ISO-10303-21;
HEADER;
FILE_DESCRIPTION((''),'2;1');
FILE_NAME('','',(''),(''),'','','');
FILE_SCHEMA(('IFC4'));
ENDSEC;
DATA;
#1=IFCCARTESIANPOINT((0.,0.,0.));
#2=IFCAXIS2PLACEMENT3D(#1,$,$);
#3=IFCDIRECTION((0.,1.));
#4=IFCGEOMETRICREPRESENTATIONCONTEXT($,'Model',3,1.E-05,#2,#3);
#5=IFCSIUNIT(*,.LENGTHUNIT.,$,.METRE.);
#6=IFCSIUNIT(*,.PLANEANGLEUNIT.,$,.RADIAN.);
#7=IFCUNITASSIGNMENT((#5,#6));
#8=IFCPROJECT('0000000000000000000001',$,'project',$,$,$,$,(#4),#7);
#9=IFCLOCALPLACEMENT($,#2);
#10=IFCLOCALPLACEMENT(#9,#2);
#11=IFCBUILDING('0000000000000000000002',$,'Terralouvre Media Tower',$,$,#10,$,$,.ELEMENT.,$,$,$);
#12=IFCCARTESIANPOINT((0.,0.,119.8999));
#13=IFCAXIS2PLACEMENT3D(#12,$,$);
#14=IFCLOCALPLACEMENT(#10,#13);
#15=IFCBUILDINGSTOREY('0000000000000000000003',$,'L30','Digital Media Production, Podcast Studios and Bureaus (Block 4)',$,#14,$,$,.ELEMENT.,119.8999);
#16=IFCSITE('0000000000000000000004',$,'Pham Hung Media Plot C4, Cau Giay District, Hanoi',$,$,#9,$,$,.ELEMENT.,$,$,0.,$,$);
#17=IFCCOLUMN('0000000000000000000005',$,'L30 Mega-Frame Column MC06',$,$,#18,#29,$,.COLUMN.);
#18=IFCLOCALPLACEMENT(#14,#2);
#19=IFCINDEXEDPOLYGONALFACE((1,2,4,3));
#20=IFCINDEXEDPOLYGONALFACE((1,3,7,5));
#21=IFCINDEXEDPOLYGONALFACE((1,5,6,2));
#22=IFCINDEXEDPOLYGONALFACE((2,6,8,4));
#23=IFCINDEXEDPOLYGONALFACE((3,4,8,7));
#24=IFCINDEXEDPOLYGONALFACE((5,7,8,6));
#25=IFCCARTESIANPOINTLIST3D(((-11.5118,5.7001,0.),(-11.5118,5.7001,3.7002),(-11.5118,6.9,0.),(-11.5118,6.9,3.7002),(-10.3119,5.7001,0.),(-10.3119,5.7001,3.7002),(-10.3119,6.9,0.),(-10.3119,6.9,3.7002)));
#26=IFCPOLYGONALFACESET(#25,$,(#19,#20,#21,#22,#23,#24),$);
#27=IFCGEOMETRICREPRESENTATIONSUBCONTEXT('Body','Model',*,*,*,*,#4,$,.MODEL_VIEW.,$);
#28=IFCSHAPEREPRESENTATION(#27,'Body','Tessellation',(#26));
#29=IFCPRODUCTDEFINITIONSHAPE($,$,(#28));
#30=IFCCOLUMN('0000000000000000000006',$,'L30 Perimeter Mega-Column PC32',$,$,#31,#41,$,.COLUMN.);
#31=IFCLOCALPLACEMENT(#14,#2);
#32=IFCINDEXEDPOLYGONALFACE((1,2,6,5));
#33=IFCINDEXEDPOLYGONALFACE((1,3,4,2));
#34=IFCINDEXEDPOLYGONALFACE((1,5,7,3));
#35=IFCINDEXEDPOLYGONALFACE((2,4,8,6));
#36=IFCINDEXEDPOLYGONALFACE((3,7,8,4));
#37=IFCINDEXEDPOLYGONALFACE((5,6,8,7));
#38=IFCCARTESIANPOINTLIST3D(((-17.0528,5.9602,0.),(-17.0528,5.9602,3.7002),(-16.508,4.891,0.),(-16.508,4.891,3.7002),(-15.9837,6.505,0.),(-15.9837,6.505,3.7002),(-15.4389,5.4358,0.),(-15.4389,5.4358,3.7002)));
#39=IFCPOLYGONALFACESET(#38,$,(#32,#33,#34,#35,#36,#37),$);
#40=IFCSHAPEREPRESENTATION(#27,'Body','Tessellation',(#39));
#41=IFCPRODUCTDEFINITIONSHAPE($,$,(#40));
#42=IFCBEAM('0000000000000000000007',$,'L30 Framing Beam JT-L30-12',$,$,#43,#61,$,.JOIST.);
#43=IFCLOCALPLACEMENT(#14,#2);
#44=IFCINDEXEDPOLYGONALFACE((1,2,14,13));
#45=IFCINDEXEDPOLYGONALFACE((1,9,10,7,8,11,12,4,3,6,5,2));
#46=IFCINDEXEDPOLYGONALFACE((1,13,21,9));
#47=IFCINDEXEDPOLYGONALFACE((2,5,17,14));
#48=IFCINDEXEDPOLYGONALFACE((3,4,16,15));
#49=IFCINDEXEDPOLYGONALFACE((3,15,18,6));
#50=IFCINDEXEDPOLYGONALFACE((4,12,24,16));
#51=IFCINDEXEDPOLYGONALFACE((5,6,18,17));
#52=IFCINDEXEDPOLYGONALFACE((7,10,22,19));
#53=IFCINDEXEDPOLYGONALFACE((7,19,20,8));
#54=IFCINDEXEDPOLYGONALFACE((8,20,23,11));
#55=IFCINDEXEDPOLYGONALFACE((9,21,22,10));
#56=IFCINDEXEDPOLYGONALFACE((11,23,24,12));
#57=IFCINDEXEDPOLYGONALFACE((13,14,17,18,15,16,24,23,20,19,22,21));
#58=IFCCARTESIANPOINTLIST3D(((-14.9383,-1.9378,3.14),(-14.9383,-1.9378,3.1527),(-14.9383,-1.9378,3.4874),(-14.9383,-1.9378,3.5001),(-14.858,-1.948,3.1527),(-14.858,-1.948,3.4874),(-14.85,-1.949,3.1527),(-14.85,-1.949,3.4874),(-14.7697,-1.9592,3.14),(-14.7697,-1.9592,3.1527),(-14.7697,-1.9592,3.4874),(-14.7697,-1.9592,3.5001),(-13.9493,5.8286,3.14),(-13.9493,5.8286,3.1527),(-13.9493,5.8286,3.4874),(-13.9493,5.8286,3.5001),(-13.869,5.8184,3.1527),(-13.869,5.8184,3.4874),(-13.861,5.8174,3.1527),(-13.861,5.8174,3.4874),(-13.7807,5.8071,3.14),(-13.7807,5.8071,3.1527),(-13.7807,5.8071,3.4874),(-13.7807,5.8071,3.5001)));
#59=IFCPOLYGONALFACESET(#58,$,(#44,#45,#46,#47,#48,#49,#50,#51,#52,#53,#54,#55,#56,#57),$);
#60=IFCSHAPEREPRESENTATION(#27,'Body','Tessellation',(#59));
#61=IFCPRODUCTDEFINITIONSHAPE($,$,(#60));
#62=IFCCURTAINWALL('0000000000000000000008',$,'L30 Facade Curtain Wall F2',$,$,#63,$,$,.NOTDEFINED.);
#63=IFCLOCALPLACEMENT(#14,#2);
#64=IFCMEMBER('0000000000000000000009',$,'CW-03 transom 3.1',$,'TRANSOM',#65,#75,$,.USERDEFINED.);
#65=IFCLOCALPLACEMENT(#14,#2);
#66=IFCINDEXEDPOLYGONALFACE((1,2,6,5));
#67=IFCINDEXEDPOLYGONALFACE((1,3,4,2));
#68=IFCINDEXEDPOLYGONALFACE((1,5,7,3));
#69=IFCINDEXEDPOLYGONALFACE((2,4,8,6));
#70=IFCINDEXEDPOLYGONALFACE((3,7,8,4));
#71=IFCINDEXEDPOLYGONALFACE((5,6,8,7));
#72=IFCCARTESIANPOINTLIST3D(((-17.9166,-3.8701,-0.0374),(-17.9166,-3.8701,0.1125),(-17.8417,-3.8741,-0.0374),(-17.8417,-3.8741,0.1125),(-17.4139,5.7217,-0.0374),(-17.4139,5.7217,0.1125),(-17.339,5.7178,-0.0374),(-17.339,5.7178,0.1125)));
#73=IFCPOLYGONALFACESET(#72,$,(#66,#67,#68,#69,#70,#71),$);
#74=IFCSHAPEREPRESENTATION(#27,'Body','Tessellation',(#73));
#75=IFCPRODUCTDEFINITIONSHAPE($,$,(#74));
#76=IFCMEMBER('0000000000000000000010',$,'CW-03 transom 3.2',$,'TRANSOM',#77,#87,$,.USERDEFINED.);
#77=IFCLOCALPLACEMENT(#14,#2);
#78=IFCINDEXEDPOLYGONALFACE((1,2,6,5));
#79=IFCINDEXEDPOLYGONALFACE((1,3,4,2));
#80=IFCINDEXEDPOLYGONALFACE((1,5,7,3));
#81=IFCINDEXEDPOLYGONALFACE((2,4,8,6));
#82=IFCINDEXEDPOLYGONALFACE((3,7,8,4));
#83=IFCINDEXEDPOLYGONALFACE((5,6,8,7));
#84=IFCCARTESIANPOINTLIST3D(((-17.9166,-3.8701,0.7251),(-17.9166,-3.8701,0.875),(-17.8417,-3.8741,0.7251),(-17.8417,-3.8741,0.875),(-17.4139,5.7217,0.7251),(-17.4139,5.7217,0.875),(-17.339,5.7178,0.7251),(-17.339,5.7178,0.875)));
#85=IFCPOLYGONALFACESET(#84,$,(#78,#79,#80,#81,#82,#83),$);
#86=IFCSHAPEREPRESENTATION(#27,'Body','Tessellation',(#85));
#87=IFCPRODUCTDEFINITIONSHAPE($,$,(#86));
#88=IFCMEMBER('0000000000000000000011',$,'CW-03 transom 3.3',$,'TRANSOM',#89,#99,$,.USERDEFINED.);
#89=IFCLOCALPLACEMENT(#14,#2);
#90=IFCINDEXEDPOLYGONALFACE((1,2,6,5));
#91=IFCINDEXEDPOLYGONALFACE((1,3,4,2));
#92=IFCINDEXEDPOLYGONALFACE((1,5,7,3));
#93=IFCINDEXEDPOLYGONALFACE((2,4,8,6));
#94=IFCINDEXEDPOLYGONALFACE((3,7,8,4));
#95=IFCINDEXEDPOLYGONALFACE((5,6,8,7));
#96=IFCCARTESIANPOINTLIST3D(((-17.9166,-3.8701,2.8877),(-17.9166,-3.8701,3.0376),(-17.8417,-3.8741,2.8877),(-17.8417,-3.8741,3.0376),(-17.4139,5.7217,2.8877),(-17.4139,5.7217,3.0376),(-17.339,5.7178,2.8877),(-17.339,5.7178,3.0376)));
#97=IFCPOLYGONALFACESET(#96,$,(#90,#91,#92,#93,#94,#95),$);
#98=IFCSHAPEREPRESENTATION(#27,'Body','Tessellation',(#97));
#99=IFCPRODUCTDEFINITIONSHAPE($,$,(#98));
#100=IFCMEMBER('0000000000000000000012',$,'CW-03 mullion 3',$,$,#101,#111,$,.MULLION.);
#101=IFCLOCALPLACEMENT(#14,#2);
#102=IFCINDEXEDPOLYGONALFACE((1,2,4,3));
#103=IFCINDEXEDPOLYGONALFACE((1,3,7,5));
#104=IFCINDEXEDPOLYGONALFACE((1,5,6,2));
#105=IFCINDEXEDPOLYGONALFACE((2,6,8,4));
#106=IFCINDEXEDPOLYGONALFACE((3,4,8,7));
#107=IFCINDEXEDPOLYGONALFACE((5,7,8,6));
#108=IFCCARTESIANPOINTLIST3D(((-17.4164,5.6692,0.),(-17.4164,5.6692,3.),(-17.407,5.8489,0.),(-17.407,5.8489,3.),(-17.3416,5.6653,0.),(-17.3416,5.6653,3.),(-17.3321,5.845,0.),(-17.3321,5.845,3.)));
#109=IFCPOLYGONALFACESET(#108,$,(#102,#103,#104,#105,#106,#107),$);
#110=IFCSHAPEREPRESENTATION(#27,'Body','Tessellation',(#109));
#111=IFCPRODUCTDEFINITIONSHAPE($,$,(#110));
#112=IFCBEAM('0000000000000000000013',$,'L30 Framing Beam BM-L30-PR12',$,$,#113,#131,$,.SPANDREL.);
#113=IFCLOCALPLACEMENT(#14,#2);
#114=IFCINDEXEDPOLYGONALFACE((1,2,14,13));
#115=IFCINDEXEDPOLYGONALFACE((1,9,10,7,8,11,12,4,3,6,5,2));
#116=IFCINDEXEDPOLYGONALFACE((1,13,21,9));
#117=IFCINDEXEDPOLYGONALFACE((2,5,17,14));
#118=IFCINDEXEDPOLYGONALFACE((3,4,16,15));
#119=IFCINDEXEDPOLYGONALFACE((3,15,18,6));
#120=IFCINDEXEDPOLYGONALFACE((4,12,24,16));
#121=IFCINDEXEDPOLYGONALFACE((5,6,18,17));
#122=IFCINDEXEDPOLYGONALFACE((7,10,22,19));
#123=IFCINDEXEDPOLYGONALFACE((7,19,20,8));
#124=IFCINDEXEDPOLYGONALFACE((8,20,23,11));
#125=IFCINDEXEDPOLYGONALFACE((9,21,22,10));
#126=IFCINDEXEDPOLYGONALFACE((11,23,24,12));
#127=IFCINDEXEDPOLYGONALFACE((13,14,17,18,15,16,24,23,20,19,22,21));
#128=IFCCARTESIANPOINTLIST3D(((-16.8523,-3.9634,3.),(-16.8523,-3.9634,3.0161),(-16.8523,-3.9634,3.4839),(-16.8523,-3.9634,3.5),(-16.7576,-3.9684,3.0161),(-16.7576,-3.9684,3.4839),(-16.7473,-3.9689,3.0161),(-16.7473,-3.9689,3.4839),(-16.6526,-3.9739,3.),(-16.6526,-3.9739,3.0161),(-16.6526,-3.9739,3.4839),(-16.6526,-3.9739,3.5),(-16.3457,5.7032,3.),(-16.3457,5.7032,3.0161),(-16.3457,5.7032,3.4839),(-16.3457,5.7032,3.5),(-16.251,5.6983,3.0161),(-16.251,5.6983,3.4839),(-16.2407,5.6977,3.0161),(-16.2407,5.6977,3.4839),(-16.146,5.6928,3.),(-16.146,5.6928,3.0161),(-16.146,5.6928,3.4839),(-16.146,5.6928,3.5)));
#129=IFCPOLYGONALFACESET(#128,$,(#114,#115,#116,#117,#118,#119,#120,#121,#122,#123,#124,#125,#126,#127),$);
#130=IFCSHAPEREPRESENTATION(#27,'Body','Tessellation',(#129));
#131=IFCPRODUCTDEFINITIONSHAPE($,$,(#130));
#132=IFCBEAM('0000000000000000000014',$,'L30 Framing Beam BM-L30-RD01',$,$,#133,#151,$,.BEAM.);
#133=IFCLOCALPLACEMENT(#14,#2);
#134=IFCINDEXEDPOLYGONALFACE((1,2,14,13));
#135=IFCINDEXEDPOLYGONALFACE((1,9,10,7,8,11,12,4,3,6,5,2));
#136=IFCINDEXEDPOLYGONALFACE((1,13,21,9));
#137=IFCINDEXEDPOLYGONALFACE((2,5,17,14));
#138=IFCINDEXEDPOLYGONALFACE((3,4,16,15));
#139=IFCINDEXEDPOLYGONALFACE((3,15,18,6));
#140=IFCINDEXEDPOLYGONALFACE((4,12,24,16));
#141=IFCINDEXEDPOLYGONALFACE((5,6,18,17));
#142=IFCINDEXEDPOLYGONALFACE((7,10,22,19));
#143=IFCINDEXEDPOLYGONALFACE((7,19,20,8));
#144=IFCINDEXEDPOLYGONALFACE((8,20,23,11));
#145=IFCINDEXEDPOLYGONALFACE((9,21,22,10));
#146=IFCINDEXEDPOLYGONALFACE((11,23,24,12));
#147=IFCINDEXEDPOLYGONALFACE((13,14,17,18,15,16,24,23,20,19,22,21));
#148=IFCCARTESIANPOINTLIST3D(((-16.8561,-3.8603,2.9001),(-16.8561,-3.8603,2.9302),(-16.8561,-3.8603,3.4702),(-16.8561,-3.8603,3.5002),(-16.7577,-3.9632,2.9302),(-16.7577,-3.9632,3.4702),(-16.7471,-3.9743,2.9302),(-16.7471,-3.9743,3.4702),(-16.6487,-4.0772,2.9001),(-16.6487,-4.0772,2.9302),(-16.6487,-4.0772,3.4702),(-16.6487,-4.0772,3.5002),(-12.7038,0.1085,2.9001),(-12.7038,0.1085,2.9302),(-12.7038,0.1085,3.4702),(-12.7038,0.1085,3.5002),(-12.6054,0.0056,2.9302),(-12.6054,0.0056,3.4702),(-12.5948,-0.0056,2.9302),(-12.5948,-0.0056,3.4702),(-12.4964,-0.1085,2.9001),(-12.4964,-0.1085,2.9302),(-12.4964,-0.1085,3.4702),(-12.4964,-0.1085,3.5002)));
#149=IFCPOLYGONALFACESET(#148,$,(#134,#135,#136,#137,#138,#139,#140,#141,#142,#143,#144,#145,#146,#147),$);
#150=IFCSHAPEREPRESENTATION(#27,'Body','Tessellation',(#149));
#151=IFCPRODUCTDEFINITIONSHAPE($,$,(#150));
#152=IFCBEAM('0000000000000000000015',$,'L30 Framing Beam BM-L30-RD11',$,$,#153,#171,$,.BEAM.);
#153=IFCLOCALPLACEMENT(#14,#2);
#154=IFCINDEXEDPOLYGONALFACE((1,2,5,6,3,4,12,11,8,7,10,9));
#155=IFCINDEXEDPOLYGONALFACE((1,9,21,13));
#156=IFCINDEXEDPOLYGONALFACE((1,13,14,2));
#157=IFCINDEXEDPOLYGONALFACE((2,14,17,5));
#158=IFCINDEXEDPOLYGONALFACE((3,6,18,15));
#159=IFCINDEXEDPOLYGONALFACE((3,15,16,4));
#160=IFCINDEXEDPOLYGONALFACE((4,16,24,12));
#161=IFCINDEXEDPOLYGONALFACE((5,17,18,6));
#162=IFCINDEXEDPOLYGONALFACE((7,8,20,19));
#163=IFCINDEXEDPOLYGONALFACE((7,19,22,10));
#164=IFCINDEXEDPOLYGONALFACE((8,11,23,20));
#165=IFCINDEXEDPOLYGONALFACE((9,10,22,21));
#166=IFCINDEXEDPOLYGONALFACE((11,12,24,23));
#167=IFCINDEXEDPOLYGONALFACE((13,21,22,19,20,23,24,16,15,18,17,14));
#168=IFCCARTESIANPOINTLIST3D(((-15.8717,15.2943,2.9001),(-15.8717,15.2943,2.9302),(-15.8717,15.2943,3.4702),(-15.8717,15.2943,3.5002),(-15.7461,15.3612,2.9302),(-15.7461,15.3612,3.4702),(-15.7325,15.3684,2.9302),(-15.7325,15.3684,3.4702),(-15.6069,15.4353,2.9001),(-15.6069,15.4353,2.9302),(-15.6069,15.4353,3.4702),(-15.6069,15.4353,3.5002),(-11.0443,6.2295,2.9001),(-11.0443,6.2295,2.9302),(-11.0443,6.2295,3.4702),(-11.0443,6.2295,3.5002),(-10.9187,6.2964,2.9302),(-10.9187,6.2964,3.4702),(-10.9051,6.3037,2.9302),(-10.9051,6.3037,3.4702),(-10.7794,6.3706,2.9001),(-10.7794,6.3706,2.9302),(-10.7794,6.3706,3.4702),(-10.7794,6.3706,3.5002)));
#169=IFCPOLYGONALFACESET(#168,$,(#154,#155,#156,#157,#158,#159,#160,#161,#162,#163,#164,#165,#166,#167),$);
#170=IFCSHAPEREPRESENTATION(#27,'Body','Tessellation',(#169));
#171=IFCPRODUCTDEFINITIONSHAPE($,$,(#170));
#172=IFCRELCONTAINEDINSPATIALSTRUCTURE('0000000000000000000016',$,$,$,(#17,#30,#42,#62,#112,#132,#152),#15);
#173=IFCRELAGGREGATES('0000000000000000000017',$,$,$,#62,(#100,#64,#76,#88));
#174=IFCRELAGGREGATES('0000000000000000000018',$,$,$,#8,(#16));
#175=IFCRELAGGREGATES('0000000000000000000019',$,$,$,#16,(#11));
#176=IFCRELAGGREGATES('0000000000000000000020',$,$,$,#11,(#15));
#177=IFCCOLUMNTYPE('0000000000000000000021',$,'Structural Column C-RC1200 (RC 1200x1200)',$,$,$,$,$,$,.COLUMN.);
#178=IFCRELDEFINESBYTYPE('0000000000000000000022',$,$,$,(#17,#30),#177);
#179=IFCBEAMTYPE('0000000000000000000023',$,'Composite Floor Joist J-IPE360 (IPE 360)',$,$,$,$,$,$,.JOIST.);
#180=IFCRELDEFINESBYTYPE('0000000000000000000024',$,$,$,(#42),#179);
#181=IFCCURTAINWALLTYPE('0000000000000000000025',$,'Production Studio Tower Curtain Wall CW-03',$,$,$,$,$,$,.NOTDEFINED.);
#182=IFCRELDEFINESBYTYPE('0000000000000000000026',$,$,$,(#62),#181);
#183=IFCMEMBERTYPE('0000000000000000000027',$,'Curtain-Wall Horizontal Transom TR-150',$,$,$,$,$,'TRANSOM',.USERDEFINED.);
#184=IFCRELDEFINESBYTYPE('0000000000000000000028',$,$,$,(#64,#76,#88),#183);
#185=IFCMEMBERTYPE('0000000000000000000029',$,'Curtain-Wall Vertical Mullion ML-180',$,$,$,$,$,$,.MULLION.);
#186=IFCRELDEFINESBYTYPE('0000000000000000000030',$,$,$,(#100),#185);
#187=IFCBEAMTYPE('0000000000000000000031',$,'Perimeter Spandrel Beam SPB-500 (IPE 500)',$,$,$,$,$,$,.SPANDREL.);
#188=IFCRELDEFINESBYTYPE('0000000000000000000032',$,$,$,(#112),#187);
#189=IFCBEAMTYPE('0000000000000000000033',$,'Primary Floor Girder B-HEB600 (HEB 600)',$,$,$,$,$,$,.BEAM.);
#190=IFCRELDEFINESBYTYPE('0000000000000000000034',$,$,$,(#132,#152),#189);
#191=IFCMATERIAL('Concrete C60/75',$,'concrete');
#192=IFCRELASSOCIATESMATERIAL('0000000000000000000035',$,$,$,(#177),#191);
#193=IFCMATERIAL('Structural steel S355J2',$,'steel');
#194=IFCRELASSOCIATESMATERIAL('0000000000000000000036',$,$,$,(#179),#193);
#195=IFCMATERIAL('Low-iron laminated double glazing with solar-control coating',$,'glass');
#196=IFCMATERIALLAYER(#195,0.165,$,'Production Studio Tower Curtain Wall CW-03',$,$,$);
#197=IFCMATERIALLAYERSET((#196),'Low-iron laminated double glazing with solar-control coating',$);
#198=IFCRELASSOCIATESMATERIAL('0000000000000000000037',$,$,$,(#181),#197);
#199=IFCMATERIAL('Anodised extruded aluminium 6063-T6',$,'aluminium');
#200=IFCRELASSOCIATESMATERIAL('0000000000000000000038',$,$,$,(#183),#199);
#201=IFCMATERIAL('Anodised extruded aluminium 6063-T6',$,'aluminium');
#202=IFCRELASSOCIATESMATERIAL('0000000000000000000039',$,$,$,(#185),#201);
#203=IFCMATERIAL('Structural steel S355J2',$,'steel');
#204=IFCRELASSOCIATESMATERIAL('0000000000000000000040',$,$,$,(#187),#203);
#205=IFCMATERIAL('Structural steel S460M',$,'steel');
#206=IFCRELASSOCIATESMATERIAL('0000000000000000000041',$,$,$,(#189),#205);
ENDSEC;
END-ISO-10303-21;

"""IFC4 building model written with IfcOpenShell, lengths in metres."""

from ifc_helpers import new_model, si_unit, direction, frame, origin, origin_2d, place, context, subcontext, project, spatial, rectangle, i_section, extrude, material, layer, layer_set, material_profile, profile_set, type_object, element, aggregate, save


model = new_model("IFC4")

# Units and contexts
model_context = context("Model", 3, precision=1e-05, world=origin(), true_north=direction((0.0, 1.0)))
body_context = subcontext(model_context, "Body", "Model", "MODEL_VIEW")
ifc_project = project(units=[si_unit("LENGTHUNIT", "METRE"), si_unit("PLANEANGLEUNIT", "RADIAN")], contexts=[model_context])

# Site, building, storey
site_placement = place(None, origin())
site = spatial("IfcSite", under=ifc_project, at=site_placement, Name="Pham Hung Media Plot C4, Cau Giay District, Hanoi", CompositionType="ELEMENT", RefElevation=0.0)
building_placement = place(site_placement, origin())
building = spatial("IfcBuilding", under=site, at=building_placement, Name="Terralouvre Media Tower", CompositionType="ELEMENT")
storey_placement = place(building_placement, frame((0.0, 0.0, 119.8999)))
storey = spatial("IfcBuildingStorey", under=building, at=storey_placement, Name="L30", Description="Digital Media Production, Podcast Studios and Bureaus (Block 4)", CompositionType="ELEMENT", Elevation=119.8999)

# Columns
ifc_material_1 = material(Name="Concrete C60/75", Category="concrete")
ifc_material_profile_1 = material_profile(ifc_material_1, rectangle(XDim=1.2, YDim=1.2, at=origin_2d()), Name="RC 1200x1200")
ifc_profile_set_1 = profile_set([ifc_material_profile_1], Name="Concrete C60/75")
column_type = type_object("IfcColumnType", Name="Structural Column C-RC1200 (RC 1200x1200)", PredefinedType="COLUMN", material=ifc_profile_set_1)
for number, where, z_axis, x_axis, name in (
    (1, (-10.9119, 6.3, 0.0), (0.0, 0.0, 1.0), (1.0, 0.0, 0.0), "L30 Mega-Frame Column MC06"),
    (2, (-16.2458, 5.698, 0.0), (0.0, 0.0, 1.0), (0.891007, 0.45399, 0.0), "L30 Perimeter Mega-Column PC32"),
):
    element("IfcColumn", number, at=place(storey_placement, frame(where, z_axis=z_axis, x_axis=x_axis)), inside=storey, type_object=column_type, Name=name, PredefinedType="COLUMN", context=body_context, shape_type="SweptSolid", body=[
        extrude(rectangle(XDim=1.2, YDim=1.2, at=origin_2d()), origin(), (0.0, 0.0, 1.0), 3.7002),
    ])

# Beam
ifc_material_2 = material(Name="Structural steel S355J2", Category="steel")
ifc_material_profile_2 = material_profile(ifc_material_2, i_section(OverallWidth=0.1699, OverallDepth=0.3601, WebThickness=0.0081, FlangeThickness=0.0127, at=origin_2d()), Name="IPE 360")
ifc_profile_set_2 = profile_set([ifc_material_profile_2], Name="Structural steel S355J2")
beam_type_1 = type_object("IfcBeamType", Name="Composite Floor Joist J-IPE360 (IPE 360)", PredefinedType="JOIST", material=ifc_profile_set_2)
beam_1_placement = place(storey_placement, frame((-13.865, 5.8179, 3.3201), z_axis=(-0.126326, -0.991989, 0.0), x_axis=(0.991989, -0.126326, 0.0)))
element("IfcBeam", 3, at=beam_1_placement, inside=storey, type_object=beam_type_1, Name="L30 Framing Beam JT-L30-12", PredefinedType="JOIST", context=body_context, shape_type="SweptSolid", body=[
    extrude(i_section(OverallWidth=0.1699, OverallDepth=0.3601, WebThickness=0.0081, FlangeThickness=0.0127, at=origin_2d()), origin(), (0.0, 0.0, 1.0), 7.8291),
])

# Curtain wall, members
ifc_material_3 = material(Name="Low-iron laminated double glazing with solar-control coating", Category="glass")
ifc_layer_1 = layer(ifc_material_3, 0.165, Name="Production Studio Tower Curtain Wall CW-03")
ifc_layer_set_1 = layer_set([ifc_layer_1], Name="Low-iron laminated double glazing with solar-control coating")
curtain_wall_type = type_object("IfcCurtainWallType", Name="Production Studio Tower Curtain Wall CW-03", PredefinedType="NOTDEFINED", material=ifc_layer_set_1)
curtain_wall_placement = place(storey_placement, origin())
curtain_wall = element("IfcCurtainWall", 4, at=curtain_wall_placement, inside=storey, type_object=curtain_wall_type, Name="L30 Facade Curtain Wall F2", PredefinedType="NOTDEFINED")
ifc_material_4 = material(Name="Anodised extruded aluminium 6063-T6", Category="aluminium")
ifc_material_profile_3 = material_profile(ifc_material_4, rectangle(XDim=0.075, YDim=0.1499, at=origin_2d()), Name="ALU 75x150")
ifc_profile_set_3 = profile_set([ifc_material_profile_3], Name="Anodised extruded aluminium 6063-T6")
member_type_1 = type_object("IfcMemberType", Name="Curtain-Wall Horizontal Transom TR-150", ElementType="TRANSOM", PredefinedType="USERDEFINED", material=ifc_profile_set_3)
member_1_placement = place(storey_placement, frame((-17.3765, 5.7197, 0.0376), z_axis=(-0.052336, -0.99863, 0.0), x_axis=(0.99863, -0.052336, 0.0)))
member_1 = element("IfcMember", 5, at=member_1_placement, type_object=member_type_1, Name="CW-03 transom 3.1", ObjectType="TRANSOM", PredefinedType="USERDEFINED", context=body_context, shape_type="SweptSolid", body=[
    extrude(rectangle(XDim=0.075, YDim=0.1499, at=origin_2d()), origin(), (0.0, 0.0, 1.0), 9.605),
])
member_2_placement = place(storey_placement, frame((-17.3765, 5.7197, 0.8), z_axis=(-0.052336, -0.99863, 0.0), x_axis=(0.99863, -0.052336, 0.0)))
member_2 = element("IfcMember", 6, at=member_2_placement, type_object=member_type_1, Name="CW-03 transom 3.2", ObjectType="TRANSOM", PredefinedType="USERDEFINED", context=body_context, shape_type="SweptSolid", body=[
    extrude(rectangle(XDim=0.075, YDim=0.1499, at=origin_2d()), origin(), (0.0, 0.0, 1.0), 9.605),
])
member_3_placement = place(storey_placement, frame((-17.3765, 5.7197, 2.9626), z_axis=(-0.052336, -0.99863, 0.0), x_axis=(0.99863, -0.052336, 0.0)))
member_3 = element("IfcMember", 7, at=member_3_placement, type_object=member_type_1, Name="CW-03 transom 3.3", ObjectType="TRANSOM", PredefinedType="USERDEFINED", context=body_context, shape_type="SweptSolid", body=[
    extrude(rectangle(XDim=0.075, YDim=0.1499, at=origin_2d()), origin(), (0.0, 0.0, 1.0), 9.605),
])
ifc_material_5 = material(Name="Anodised extruded aluminium 6063-T6", Category="aluminium")
ifc_material_profile_4 = material_profile(ifc_material_5, rectangle(XDim=0.075, YDim=0.1799, at=origin_2d()), Name="ALU 75x180")
ifc_profile_set_4 = profile_set([ifc_material_profile_4], Name="Anodised extruded aluminium 6063-T6")
member_type_2 = type_object("IfcMemberType", Name="Curtain-Wall Vertical Mullion ML-180", PredefinedType="MULLION", material=ifc_profile_set_4)
member_4_placement = place(storey_placement, frame((-17.3743, 5.7571, 0.0), z_axis=(0.0, 0.0, 1.0), x_axis=(0.99863, -0.052336, 0.0)))
member_4 = element("IfcMember", 8, at=member_4_placement, type_object=member_type_2, Name="CW-03 mullion 3", PredefinedType="MULLION", context=body_context, shape_type="SweptSolid", body=[
    extrude(rectangle(XDim=0.075, YDim=0.1799, at=origin_2d()), origin(), (0.0, 0.0, 1.0), 3.0),
])

# Beams
ifc_material_6 = material(Name="Structural steel S355J2", Category="steel")
ifc_material_profile_5 = material_profile(ifc_material_6, i_section(OverallWidth=0.2, OverallDepth=0.5, WebThickness=0.0103, FlangeThickness=0.0161, at=origin_2d()), Name="IPE 500")
ifc_profile_set_5 = profile_set([ifc_material_profile_5], Name="Structural steel S355J2")
beam_type_2 = type_object("IfcBeamType", Name="Perimeter Spandrel Beam SPB-500 (IPE 500)", PredefinedType="SPANDREL", material=ifc_profile_set_5)
beam_2_placement = place(storey_placement, frame((-16.2458, 5.698, 3.25), z_axis=(-0.052334, -0.99863, 0.0), x_axis=(0.99863, -0.052334, 0.0)))
element("IfcBeam", 9, at=beam_2_placement, inside=storey, type_object=beam_type_2, Name="L30 Framing Beam BM-L30-PR12", PredefinedType="SPANDREL", context=body_context, shape_type="SweptSolid", body=[
    extrude(i_section(OverallWidth=0.2, OverallDepth=0.5, WebThickness=0.0103, FlangeThickness=0.0161, at=origin_2d()), origin(), (0.0, 0.0, 1.0), 9.6799),
])
ifc_material_7 = material(Name="Structural steel S460M", Category="steel")
ifc_material_profile_6 = material_profile(ifc_material_7, i_section(OverallWidth=0.3, OverallDepth=0.6001, WebThickness=0.0154, FlangeThickness=0.03, at=origin_2d()), Name="HEB 600")
ifc_profile_set_6 = profile_set([ifc_material_profile_6], Name="Structural steel S460M")
beam_type_3 = type_object("IfcBeamType", Name="Primary Floor Girder B-HEB600 (HEB 600)", PredefinedType="BEAM", material=ifc_profile_set_6)
beam_3_placement = place(storey_placement, frame((-12.6001, 0.0, 3.2002), z_axis=(-0.722908, -0.690945, 0.0), x_axis=(0.690945, -0.722908, 0.0)))
element("IfcBeam", 10, at=beam_3_placement, inside=storey, type_object=beam_type_3, Name="L30 Framing Beam BM-L30-RD01", PredefinedType="BEAM", context=body_context, shape_type="SweptSolid", body=[
    extrude(i_section(OverallWidth=0.3, OverallDepth=0.6001, WebThickness=0.0154, FlangeThickness=0.03, at=origin_2d()), origin(), (0.0, 0.0, 1.0), 5.7439),
])
beam_4_placement = place(storey_placement, frame((-10.9119, 6.3, 3.2002), z_axis=(-0.470049, 0.88264, 0.0), x_axis=(-0.88264, -0.470049, 0.0)))
element("IfcBeam", 11, at=beam_4_placement, inside=storey, type_object=beam_type_3, Name="L30 Framing Beam BM-L30-RD11", PredefinedType="BEAM", context=body_context, shape_type="SweptSolid", body=[
    extrude(i_section(OverallWidth=0.3, OverallDepth=0.6001, WebThickness=0.0154, FlangeThickness=0.03, at=origin_2d()), origin(), (0.0, 0.0, 1.0), 10.27),
])

aggregate(curtain_wall, [member_4, member_1, member_2, member_3])

save(model, "model.ifc")
